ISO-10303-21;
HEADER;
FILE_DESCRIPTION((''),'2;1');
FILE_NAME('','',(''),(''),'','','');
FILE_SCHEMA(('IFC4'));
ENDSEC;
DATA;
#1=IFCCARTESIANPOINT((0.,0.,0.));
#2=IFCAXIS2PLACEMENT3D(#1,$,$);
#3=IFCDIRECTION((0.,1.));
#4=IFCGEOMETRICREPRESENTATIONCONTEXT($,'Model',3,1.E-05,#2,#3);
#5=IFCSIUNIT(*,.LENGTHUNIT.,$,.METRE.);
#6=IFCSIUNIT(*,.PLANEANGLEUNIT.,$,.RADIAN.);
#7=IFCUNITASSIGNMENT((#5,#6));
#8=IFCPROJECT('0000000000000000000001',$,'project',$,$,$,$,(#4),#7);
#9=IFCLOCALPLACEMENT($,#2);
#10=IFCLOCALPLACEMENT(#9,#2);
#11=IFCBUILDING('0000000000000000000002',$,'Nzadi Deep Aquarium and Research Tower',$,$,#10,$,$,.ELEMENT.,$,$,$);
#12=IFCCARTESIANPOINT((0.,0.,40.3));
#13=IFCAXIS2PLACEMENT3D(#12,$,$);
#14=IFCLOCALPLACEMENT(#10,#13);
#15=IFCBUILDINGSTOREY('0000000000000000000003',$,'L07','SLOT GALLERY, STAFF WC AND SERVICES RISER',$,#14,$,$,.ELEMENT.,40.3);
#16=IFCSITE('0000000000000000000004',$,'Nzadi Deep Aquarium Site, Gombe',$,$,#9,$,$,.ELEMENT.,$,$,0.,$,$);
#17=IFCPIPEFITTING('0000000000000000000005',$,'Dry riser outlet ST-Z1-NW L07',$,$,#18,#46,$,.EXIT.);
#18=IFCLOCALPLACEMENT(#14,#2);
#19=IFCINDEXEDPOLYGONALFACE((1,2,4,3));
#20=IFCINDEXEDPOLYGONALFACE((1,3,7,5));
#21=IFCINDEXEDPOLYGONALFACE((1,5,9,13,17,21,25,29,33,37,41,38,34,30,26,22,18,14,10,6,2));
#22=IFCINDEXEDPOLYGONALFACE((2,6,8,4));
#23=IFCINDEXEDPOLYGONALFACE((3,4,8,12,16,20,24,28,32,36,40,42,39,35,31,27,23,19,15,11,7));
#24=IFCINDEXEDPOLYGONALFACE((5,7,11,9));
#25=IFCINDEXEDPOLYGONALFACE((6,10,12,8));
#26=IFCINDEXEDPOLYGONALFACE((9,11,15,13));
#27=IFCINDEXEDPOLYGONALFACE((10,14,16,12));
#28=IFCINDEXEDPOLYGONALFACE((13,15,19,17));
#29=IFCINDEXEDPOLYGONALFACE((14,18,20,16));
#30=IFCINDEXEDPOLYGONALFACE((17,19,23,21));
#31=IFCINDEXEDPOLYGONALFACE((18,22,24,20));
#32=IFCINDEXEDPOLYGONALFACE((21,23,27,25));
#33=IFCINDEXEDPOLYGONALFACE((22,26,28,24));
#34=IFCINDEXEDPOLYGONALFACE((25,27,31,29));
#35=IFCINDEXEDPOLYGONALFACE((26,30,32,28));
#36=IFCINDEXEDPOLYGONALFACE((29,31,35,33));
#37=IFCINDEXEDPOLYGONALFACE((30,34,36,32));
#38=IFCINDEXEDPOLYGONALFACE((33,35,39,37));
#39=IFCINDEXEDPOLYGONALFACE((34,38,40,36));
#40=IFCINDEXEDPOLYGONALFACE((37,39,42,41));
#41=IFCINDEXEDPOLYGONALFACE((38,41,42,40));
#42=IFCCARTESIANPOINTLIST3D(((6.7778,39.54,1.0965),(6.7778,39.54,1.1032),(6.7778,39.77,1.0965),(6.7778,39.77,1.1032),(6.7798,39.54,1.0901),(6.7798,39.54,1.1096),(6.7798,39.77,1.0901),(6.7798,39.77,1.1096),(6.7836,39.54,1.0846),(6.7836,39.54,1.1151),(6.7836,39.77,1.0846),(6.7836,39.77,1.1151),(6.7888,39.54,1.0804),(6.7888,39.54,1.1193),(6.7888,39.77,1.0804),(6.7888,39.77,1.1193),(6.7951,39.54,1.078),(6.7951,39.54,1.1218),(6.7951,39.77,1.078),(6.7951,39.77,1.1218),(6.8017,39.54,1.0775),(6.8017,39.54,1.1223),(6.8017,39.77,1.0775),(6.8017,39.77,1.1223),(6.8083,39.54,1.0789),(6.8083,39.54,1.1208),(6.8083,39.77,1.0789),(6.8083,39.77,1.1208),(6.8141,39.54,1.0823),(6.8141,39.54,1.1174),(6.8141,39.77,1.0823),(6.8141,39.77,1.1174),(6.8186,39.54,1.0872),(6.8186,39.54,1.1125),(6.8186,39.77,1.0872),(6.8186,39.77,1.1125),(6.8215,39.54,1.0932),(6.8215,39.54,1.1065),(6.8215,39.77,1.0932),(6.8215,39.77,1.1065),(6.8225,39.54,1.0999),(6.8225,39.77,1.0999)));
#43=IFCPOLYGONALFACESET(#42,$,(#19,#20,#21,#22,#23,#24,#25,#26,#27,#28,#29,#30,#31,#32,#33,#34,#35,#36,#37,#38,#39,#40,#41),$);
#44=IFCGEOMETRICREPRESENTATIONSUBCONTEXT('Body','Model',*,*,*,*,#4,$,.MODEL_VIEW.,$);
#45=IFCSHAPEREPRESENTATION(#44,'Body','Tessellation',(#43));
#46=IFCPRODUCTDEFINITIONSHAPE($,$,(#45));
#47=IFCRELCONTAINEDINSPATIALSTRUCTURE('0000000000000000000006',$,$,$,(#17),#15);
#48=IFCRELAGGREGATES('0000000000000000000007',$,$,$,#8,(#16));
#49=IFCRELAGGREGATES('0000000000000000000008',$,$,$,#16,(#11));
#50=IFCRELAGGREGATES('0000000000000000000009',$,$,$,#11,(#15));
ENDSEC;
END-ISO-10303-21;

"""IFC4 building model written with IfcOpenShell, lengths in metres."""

from ifc_helpers import new_model, si_unit, direction, frame, origin, origin_2d, place, context, subcontext, project, spatial, circle, extrude, element, save


model = new_model("IFC4")

# Units and contexts
model_context = context("Model", 3, precision=1e-05, world=origin(), true_north=direction((0.0, 1.0)))
body_context = subcontext(model_context, "Body", "Model", "MODEL_VIEW")
ifc_project = project(units=[si_unit("LENGTHUNIT", "METRE"), si_unit("PLANEANGLEUNIT", "RADIAN")], contexts=[model_context])

# Site, building, storey
site_placement = place(None, origin())
site = spatial("IfcSite", under=ifc_project, at=site_placement, Name="Nzadi Deep Aquarium Site, Gombe", CompositionType="ELEMENT", RefElevation=0.0)
building_placement = place(site_placement, origin())
building = spatial("IfcBuilding", under=site, at=building_placement, Name="Nzadi Deep Aquarium and Research Tower", CompositionType="ELEMENT")
storey_placement = place(building_placement, frame((0.0, 0.0, 40.3)))
storey = spatial("IfcBuildingStorey", under=building, at=storey_placement, Name="L07", Description="SLOT GALLERY, STAFF WC AND SERVICES RISER", CompositionType="ELEMENT", Elevation=40.3)

# Pipe fitting
pipe_fitting_placement = place(storey_placement, frame((6.8, 39.77, 1.0999), z_axis=(0.0, -1.0, 0.0), x_axis=(1.0, 0.0, 0.0)))
element("IfcPipeFitting", 1, at=pipe_fitting_placement, inside=storey, Name="Dry riser outlet ST-Z1-NW L07", PredefinedType="EXIT", context=body_context, shape_type="SweptSolid", body=[
    extrude(circle(Radius=0.0225, at=origin_2d()), origin(), (0.0, 0.0, 1.0), 0.23),
])

save(model, "model.ifc")
